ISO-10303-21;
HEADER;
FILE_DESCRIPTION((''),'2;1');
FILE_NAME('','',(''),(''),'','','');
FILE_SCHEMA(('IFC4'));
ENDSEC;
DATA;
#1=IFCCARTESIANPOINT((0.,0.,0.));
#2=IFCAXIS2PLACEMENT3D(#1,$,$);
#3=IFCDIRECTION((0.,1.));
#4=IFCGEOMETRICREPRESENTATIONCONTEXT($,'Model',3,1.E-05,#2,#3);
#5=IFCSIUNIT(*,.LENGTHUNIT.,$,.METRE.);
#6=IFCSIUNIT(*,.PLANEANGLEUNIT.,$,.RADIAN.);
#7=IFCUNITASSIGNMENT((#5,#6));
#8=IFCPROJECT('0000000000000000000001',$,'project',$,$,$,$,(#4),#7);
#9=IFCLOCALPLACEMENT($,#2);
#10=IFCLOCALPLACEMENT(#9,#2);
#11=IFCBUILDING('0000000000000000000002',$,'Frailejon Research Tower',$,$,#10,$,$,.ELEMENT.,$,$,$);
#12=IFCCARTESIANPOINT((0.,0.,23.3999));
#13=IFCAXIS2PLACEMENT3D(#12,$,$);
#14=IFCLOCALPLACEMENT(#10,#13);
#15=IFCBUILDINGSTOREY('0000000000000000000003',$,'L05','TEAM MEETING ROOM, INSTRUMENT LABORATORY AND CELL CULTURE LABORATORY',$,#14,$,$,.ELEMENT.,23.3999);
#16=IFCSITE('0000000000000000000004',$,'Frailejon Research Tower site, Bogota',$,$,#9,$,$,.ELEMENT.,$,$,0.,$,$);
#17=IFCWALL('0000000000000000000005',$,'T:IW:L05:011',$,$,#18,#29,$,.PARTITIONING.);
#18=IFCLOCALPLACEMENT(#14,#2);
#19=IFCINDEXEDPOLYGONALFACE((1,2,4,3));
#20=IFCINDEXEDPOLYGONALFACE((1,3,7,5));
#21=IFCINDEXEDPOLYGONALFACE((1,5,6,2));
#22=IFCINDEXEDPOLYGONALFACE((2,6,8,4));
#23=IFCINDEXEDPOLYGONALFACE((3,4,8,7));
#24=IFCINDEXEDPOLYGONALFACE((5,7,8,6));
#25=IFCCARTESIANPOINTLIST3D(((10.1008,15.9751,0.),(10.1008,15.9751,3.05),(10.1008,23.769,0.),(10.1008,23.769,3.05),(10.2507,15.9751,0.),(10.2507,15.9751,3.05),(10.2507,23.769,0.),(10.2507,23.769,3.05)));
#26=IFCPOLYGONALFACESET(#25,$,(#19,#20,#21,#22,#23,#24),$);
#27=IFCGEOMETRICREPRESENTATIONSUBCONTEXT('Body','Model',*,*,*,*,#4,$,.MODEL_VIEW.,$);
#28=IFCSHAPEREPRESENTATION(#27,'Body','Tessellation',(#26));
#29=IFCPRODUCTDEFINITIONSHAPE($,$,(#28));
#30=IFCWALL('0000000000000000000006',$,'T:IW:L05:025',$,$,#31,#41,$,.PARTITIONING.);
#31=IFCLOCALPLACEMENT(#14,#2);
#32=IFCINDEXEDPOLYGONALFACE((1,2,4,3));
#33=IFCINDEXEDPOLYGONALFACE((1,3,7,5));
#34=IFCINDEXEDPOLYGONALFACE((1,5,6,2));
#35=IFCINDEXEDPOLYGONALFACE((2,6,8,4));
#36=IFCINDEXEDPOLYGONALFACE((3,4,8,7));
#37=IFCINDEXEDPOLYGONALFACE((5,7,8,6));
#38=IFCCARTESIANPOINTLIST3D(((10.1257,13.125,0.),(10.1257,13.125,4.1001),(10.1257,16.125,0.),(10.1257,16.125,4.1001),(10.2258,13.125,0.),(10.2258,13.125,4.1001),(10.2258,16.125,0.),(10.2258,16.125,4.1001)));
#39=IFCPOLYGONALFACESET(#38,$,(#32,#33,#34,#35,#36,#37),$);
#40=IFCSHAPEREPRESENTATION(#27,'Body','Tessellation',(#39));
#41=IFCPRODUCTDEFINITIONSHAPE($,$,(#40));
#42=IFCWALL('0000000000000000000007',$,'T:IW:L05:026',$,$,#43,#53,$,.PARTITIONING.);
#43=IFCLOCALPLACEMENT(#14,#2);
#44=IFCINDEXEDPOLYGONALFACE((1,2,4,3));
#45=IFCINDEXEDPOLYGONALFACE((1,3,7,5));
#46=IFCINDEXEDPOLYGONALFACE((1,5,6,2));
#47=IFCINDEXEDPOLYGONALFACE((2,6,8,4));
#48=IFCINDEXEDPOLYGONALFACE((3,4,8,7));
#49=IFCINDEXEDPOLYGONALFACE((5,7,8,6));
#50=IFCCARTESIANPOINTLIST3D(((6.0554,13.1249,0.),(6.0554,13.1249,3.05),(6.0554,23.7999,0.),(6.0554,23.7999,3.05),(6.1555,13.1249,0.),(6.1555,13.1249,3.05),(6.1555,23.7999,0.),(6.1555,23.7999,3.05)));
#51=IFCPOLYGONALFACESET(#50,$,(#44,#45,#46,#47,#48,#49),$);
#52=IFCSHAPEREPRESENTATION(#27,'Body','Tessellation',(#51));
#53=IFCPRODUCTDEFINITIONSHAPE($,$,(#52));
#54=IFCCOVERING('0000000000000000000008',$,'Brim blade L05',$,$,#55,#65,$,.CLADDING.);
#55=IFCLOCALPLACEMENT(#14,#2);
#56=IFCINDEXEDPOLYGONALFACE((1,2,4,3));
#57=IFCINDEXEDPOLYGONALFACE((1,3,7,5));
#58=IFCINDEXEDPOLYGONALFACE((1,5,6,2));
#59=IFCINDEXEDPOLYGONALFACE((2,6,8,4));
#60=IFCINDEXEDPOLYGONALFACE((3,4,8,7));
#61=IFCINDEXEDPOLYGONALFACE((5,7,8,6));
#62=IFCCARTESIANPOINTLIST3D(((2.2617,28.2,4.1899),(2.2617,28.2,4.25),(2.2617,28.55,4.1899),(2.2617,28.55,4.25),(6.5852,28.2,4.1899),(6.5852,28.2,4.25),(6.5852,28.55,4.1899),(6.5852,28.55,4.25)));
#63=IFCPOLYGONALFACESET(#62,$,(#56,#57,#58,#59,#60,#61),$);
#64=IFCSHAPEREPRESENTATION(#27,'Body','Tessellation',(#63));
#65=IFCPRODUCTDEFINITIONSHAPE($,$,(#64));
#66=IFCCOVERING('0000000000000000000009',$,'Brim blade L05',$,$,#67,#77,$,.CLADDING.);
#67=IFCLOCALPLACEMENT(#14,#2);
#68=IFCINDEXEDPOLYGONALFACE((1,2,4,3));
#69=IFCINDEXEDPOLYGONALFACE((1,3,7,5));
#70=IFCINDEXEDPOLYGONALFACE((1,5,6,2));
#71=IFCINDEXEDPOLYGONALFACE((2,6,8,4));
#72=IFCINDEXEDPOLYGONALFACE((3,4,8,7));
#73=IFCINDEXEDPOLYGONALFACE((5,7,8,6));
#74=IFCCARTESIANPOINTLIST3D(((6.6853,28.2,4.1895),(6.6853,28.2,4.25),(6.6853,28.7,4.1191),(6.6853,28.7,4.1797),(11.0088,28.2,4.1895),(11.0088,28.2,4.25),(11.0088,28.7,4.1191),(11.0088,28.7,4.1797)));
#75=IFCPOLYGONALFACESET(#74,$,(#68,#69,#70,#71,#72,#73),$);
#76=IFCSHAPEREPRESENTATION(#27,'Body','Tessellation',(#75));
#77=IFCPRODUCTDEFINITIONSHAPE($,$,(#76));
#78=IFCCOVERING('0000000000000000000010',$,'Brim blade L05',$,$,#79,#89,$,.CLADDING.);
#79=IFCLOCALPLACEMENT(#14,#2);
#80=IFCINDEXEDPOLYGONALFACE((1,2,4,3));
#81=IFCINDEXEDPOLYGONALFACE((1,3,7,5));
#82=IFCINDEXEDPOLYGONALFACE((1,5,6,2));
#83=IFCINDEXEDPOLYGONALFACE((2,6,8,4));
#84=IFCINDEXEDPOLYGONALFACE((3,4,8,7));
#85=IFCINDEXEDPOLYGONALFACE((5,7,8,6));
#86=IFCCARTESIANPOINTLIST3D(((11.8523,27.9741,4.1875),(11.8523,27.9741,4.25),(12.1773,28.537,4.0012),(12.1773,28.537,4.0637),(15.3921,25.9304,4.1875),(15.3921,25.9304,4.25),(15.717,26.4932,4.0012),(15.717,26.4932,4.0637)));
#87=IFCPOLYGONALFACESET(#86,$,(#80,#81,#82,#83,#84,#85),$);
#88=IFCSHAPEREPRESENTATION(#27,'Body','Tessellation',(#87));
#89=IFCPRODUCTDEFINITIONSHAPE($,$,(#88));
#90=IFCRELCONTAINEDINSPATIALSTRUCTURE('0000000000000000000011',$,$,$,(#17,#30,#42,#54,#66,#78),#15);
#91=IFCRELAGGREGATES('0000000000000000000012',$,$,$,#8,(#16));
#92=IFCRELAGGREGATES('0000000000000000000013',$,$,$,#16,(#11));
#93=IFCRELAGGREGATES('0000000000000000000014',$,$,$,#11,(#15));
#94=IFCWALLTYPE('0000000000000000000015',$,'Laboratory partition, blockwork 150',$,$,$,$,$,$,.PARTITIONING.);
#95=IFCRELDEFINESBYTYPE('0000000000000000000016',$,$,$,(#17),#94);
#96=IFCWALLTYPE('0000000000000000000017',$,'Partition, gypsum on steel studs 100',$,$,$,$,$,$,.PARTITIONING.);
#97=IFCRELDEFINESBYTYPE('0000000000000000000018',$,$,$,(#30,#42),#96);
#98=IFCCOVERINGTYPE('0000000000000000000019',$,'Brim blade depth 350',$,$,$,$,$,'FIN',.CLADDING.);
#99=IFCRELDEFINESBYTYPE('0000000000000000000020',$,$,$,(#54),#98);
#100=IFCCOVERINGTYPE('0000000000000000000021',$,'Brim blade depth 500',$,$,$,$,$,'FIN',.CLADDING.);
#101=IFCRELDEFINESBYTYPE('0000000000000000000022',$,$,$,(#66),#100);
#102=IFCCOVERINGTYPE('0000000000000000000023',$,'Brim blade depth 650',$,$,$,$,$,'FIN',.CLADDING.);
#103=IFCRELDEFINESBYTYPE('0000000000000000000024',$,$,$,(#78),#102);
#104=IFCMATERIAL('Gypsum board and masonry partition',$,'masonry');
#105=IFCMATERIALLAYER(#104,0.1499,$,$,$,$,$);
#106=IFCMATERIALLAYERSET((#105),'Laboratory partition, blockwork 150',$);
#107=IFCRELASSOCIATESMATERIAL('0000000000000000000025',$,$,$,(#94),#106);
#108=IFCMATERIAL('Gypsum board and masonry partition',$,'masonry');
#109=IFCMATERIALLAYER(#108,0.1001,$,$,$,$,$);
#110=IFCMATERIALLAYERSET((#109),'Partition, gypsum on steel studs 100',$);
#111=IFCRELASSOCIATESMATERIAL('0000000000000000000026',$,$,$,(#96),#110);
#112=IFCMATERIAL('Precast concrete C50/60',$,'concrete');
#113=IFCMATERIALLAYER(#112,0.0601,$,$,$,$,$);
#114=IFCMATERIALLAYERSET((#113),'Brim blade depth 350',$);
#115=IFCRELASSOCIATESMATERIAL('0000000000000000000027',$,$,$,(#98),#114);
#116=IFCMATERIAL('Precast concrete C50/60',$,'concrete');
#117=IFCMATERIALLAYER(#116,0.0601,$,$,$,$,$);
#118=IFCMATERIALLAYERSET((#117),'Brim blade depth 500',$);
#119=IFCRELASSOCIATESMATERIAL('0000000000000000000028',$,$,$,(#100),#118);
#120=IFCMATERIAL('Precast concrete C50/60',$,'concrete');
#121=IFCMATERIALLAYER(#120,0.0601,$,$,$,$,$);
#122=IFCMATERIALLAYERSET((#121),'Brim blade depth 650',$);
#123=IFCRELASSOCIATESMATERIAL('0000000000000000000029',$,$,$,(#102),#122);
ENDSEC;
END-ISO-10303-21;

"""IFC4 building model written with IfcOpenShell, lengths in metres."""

from ifc_helpers import new_model, si_unit, direction, frame, frame_2d, origin, place, context, subcontext, project, spatial, polyline, rectangle, outline, extrude, material, layer, layer_set, type_object, element, save


model = new_model("IFC4")

# Units and contexts
model_context = context("Model", 3, precision=1e-05, world=origin(), true_north=direction((0.0, 1.0)))
body_context = subcontext(model_context, "Body", "Model", "MODEL_VIEW")
ifc_project = project(units=[si_unit("LENGTHUNIT", "METRE"), si_unit("PLANEANGLEUNIT", "RADIAN")], contexts=[model_context])

# Site, building, storey
site_placement = place(None, origin())
site = spatial("IfcSite", under=ifc_project, at=site_placement, Name="Frailejon Research Tower site, Bogota", CompositionType="ELEMENT", RefElevation=0.0)
building_placement = place(site_placement, origin())
building = spatial("IfcBuilding", under=site, at=building_placement, Name="Frailejon Research Tower", CompositionType="ELEMENT")
storey_placement = place(building_placement, frame((0.0, 0.0, 23.3999)))
storey = spatial("IfcBuildingStorey", under=building, at=storey_placement, Name="L05", Description="TEAM MEETING ROOM, INSTRUMENT LABORATORY AND CELL CULTURE LABORATORY", CompositionType="ELEMENT", Elevation=23.3999)

# Shared definitions
ifc_material_1 = material(Name="Gypsum board and masonry partition", Category="masonry")
ifc_layer_1 = layer(ifc_material_1, 0.1499)
ifc_layer_set_1 = layer_set([ifc_layer_1], Name="Laboratory partition, blockwork 150")
wall_type_1 = type_object("IfcWallType", Name="Laboratory partition, blockwork 150", PredefinedType="PARTITIONING", material=ifc_layer_set_1)

# Walls
wall_1_placement = place(storey_placement, frame((10.1758, 15.9751, 0.0), z_axis=(0.0, 0.0, 1.0), x_axis=(0.0, 1.0, 0.0)))
element("IfcWall", 1, at=wall_1_placement, inside=storey, type_object=wall_type_1, Name="T:IW:L05:011", PredefinedType="PARTITIONING", context=body_context, shape_type="SweptSolid", body=[
    extrude(rectangle(XDim=7.7939, YDim=0.1499, at=frame_2d((3.897, 0.0))), origin(), (0.0, 0.0, 1.0), 3.05),
])
ifc_material_2 = material(Name="Gypsum board and masonry partition", Category="masonry")
ifc_layer_2 = layer(ifc_material_2, 0.1001)
ifc_layer_set_2 = layer_set([ifc_layer_2], Name="Partition, gypsum on steel studs 100")
wall_type_2 = type_object("IfcWallType", Name="Partition, gypsum on steel studs 100", PredefinedType="PARTITIONING", material=ifc_layer_set_2)
wall_2_placement = place(storey_placement, frame((10.1758, 13.125, 0.0), z_axis=(0.0, 0.0, 1.0), x_axis=(0.0, 1.0, 0.0)))
element("IfcWall", 2, at=wall_2_placement, inside=storey, type_object=wall_type_2, Name="T:IW:L05:025", PredefinedType="PARTITIONING", context=body_context, shape_type="SweptSolid", body=[
    extrude(rectangle(XDim=3.0, YDim=0.1001, at=frame_2d((1.5, 0.0))), origin(), (0.0, 0.0, 1.0), 4.1001),
])
wall_3_placement = place(storey_placement, frame((6.1055, 13.125, 0.0), z_axis=(0.0, 0.0, 1.0), x_axis=(0.0, 1.0, 0.0)))
element("IfcWall", 3, at=wall_3_placement, inside=storey, type_object=wall_type_2, Name="T:IW:L05:026", PredefinedType="PARTITIONING", context=body_context, shape_type="SweptSolid", body=[
    extrude(rectangle(XDim=10.675, YDim=0.1001, at=frame_2d((5.3374, 0.0))), origin(), (0.0, 0.0, 1.0), 3.05),
])

# Coverings
ifc_material_3 = material(Name="Precast concrete C50/60", Category="concrete")
ifc_layer_3 = layer(ifc_material_3, 0.0601)
ifc_layer_set_3 = layer_set([ifc_layer_3], Name="Brim blade depth 350")
covering_type_1 = type_object("IfcCoveringType", Name="Brim blade depth 350", ElementType="FIN", PredefinedType="CLADDING", material=ifc_layer_set_3)
covering_1_placement = place(storey_placement, frame((2.2617, 28.2, 4.25), z_axis=(1.0, 0.0, 0.0), x_axis=(0.0, 1.0, 0.0)))
element("IfcCovering", 4, at=covering_1_placement, inside=storey, type_object=covering_type_1, Name="Brim blade L05", PredefinedType="CLADDING", context=body_context, shape_type="SweptSolid", body=[
    extrude(outline(polyline([(0.0, -0.0601), (0.3501, -0.0601), (0.3501, 0.0), (0.0, 0.0), (0.0, -0.0601)])), origin(), (0.0, 0.0, 1.0), 4.3235),
])
ifc_material_4 = material(Name="Precast concrete C50/60", Category="concrete")
ifc_layer_4 = layer(ifc_material_4, 0.0601)
ifc_layer_set_4 = layer_set([ifc_layer_4], Name="Brim blade depth 500")
covering_type_2 = type_object("IfcCoveringType", Name="Brim blade depth 500", ElementType="FIN", PredefinedType="CLADDING", material=ifc_layer_set_4)
covering_2_placement = place(storey_placement, frame((6.6853, 28.2, 4.25), z_axis=(1.0, 0.0, 0.0), x_axis=(0.0, 1.0, 0.0)))
element("IfcCovering", 5, at=covering_2_placement, inside=storey, type_object=covering_type_2, Name="Brim blade L05", PredefinedType="CLADDING", context=body_context, shape_type="SweptSolid", body=[
    extrude(outline(polyline([(0.0, -0.0605), (0.5, -0.1309), (0.5, -0.0703), (0.0, 0.0), (0.0, -0.0605)])), origin(), (0.0, 0.0, 1.0), 4.3235),
])
ifc_material_5 = material(Name="Precast concrete C50/60", Category="concrete")
ifc_layer_5 = layer(ifc_material_5, 0.0601)
ifc_layer_set_5 = layer_set([ifc_layer_5], Name="Brim blade depth 650")
covering_type_3 = type_object("IfcCoveringType", Name="Brim blade depth 650", ElementType="FIN", PredefinedType="CLADDING", material=ifc_layer_set_5)
covering_3_placement = place(storey_placement, frame((11.8523, 27.9741, 4.25), z_axis=(0.866021, -0.500007, 0.0), x_axis=(0.500007, 0.866021, 0.0)))
element("IfcCovering", 6, at=covering_3_placement, inside=storey, type_object=covering_type_3, Name="Brim blade L05", PredefinedType="CLADDING", context=body_context, shape_type="SweptSolid", body=[
    extrude(outline(polyline([(0.0, -0.0625), (0.6499, -0.2488), (0.6499, -0.1863), (0.0, 0.0), (0.0, -0.0625)])), origin(), (0.0, 0.0, 1.0), 4.0874),
])

save(model, "model.ifc")
